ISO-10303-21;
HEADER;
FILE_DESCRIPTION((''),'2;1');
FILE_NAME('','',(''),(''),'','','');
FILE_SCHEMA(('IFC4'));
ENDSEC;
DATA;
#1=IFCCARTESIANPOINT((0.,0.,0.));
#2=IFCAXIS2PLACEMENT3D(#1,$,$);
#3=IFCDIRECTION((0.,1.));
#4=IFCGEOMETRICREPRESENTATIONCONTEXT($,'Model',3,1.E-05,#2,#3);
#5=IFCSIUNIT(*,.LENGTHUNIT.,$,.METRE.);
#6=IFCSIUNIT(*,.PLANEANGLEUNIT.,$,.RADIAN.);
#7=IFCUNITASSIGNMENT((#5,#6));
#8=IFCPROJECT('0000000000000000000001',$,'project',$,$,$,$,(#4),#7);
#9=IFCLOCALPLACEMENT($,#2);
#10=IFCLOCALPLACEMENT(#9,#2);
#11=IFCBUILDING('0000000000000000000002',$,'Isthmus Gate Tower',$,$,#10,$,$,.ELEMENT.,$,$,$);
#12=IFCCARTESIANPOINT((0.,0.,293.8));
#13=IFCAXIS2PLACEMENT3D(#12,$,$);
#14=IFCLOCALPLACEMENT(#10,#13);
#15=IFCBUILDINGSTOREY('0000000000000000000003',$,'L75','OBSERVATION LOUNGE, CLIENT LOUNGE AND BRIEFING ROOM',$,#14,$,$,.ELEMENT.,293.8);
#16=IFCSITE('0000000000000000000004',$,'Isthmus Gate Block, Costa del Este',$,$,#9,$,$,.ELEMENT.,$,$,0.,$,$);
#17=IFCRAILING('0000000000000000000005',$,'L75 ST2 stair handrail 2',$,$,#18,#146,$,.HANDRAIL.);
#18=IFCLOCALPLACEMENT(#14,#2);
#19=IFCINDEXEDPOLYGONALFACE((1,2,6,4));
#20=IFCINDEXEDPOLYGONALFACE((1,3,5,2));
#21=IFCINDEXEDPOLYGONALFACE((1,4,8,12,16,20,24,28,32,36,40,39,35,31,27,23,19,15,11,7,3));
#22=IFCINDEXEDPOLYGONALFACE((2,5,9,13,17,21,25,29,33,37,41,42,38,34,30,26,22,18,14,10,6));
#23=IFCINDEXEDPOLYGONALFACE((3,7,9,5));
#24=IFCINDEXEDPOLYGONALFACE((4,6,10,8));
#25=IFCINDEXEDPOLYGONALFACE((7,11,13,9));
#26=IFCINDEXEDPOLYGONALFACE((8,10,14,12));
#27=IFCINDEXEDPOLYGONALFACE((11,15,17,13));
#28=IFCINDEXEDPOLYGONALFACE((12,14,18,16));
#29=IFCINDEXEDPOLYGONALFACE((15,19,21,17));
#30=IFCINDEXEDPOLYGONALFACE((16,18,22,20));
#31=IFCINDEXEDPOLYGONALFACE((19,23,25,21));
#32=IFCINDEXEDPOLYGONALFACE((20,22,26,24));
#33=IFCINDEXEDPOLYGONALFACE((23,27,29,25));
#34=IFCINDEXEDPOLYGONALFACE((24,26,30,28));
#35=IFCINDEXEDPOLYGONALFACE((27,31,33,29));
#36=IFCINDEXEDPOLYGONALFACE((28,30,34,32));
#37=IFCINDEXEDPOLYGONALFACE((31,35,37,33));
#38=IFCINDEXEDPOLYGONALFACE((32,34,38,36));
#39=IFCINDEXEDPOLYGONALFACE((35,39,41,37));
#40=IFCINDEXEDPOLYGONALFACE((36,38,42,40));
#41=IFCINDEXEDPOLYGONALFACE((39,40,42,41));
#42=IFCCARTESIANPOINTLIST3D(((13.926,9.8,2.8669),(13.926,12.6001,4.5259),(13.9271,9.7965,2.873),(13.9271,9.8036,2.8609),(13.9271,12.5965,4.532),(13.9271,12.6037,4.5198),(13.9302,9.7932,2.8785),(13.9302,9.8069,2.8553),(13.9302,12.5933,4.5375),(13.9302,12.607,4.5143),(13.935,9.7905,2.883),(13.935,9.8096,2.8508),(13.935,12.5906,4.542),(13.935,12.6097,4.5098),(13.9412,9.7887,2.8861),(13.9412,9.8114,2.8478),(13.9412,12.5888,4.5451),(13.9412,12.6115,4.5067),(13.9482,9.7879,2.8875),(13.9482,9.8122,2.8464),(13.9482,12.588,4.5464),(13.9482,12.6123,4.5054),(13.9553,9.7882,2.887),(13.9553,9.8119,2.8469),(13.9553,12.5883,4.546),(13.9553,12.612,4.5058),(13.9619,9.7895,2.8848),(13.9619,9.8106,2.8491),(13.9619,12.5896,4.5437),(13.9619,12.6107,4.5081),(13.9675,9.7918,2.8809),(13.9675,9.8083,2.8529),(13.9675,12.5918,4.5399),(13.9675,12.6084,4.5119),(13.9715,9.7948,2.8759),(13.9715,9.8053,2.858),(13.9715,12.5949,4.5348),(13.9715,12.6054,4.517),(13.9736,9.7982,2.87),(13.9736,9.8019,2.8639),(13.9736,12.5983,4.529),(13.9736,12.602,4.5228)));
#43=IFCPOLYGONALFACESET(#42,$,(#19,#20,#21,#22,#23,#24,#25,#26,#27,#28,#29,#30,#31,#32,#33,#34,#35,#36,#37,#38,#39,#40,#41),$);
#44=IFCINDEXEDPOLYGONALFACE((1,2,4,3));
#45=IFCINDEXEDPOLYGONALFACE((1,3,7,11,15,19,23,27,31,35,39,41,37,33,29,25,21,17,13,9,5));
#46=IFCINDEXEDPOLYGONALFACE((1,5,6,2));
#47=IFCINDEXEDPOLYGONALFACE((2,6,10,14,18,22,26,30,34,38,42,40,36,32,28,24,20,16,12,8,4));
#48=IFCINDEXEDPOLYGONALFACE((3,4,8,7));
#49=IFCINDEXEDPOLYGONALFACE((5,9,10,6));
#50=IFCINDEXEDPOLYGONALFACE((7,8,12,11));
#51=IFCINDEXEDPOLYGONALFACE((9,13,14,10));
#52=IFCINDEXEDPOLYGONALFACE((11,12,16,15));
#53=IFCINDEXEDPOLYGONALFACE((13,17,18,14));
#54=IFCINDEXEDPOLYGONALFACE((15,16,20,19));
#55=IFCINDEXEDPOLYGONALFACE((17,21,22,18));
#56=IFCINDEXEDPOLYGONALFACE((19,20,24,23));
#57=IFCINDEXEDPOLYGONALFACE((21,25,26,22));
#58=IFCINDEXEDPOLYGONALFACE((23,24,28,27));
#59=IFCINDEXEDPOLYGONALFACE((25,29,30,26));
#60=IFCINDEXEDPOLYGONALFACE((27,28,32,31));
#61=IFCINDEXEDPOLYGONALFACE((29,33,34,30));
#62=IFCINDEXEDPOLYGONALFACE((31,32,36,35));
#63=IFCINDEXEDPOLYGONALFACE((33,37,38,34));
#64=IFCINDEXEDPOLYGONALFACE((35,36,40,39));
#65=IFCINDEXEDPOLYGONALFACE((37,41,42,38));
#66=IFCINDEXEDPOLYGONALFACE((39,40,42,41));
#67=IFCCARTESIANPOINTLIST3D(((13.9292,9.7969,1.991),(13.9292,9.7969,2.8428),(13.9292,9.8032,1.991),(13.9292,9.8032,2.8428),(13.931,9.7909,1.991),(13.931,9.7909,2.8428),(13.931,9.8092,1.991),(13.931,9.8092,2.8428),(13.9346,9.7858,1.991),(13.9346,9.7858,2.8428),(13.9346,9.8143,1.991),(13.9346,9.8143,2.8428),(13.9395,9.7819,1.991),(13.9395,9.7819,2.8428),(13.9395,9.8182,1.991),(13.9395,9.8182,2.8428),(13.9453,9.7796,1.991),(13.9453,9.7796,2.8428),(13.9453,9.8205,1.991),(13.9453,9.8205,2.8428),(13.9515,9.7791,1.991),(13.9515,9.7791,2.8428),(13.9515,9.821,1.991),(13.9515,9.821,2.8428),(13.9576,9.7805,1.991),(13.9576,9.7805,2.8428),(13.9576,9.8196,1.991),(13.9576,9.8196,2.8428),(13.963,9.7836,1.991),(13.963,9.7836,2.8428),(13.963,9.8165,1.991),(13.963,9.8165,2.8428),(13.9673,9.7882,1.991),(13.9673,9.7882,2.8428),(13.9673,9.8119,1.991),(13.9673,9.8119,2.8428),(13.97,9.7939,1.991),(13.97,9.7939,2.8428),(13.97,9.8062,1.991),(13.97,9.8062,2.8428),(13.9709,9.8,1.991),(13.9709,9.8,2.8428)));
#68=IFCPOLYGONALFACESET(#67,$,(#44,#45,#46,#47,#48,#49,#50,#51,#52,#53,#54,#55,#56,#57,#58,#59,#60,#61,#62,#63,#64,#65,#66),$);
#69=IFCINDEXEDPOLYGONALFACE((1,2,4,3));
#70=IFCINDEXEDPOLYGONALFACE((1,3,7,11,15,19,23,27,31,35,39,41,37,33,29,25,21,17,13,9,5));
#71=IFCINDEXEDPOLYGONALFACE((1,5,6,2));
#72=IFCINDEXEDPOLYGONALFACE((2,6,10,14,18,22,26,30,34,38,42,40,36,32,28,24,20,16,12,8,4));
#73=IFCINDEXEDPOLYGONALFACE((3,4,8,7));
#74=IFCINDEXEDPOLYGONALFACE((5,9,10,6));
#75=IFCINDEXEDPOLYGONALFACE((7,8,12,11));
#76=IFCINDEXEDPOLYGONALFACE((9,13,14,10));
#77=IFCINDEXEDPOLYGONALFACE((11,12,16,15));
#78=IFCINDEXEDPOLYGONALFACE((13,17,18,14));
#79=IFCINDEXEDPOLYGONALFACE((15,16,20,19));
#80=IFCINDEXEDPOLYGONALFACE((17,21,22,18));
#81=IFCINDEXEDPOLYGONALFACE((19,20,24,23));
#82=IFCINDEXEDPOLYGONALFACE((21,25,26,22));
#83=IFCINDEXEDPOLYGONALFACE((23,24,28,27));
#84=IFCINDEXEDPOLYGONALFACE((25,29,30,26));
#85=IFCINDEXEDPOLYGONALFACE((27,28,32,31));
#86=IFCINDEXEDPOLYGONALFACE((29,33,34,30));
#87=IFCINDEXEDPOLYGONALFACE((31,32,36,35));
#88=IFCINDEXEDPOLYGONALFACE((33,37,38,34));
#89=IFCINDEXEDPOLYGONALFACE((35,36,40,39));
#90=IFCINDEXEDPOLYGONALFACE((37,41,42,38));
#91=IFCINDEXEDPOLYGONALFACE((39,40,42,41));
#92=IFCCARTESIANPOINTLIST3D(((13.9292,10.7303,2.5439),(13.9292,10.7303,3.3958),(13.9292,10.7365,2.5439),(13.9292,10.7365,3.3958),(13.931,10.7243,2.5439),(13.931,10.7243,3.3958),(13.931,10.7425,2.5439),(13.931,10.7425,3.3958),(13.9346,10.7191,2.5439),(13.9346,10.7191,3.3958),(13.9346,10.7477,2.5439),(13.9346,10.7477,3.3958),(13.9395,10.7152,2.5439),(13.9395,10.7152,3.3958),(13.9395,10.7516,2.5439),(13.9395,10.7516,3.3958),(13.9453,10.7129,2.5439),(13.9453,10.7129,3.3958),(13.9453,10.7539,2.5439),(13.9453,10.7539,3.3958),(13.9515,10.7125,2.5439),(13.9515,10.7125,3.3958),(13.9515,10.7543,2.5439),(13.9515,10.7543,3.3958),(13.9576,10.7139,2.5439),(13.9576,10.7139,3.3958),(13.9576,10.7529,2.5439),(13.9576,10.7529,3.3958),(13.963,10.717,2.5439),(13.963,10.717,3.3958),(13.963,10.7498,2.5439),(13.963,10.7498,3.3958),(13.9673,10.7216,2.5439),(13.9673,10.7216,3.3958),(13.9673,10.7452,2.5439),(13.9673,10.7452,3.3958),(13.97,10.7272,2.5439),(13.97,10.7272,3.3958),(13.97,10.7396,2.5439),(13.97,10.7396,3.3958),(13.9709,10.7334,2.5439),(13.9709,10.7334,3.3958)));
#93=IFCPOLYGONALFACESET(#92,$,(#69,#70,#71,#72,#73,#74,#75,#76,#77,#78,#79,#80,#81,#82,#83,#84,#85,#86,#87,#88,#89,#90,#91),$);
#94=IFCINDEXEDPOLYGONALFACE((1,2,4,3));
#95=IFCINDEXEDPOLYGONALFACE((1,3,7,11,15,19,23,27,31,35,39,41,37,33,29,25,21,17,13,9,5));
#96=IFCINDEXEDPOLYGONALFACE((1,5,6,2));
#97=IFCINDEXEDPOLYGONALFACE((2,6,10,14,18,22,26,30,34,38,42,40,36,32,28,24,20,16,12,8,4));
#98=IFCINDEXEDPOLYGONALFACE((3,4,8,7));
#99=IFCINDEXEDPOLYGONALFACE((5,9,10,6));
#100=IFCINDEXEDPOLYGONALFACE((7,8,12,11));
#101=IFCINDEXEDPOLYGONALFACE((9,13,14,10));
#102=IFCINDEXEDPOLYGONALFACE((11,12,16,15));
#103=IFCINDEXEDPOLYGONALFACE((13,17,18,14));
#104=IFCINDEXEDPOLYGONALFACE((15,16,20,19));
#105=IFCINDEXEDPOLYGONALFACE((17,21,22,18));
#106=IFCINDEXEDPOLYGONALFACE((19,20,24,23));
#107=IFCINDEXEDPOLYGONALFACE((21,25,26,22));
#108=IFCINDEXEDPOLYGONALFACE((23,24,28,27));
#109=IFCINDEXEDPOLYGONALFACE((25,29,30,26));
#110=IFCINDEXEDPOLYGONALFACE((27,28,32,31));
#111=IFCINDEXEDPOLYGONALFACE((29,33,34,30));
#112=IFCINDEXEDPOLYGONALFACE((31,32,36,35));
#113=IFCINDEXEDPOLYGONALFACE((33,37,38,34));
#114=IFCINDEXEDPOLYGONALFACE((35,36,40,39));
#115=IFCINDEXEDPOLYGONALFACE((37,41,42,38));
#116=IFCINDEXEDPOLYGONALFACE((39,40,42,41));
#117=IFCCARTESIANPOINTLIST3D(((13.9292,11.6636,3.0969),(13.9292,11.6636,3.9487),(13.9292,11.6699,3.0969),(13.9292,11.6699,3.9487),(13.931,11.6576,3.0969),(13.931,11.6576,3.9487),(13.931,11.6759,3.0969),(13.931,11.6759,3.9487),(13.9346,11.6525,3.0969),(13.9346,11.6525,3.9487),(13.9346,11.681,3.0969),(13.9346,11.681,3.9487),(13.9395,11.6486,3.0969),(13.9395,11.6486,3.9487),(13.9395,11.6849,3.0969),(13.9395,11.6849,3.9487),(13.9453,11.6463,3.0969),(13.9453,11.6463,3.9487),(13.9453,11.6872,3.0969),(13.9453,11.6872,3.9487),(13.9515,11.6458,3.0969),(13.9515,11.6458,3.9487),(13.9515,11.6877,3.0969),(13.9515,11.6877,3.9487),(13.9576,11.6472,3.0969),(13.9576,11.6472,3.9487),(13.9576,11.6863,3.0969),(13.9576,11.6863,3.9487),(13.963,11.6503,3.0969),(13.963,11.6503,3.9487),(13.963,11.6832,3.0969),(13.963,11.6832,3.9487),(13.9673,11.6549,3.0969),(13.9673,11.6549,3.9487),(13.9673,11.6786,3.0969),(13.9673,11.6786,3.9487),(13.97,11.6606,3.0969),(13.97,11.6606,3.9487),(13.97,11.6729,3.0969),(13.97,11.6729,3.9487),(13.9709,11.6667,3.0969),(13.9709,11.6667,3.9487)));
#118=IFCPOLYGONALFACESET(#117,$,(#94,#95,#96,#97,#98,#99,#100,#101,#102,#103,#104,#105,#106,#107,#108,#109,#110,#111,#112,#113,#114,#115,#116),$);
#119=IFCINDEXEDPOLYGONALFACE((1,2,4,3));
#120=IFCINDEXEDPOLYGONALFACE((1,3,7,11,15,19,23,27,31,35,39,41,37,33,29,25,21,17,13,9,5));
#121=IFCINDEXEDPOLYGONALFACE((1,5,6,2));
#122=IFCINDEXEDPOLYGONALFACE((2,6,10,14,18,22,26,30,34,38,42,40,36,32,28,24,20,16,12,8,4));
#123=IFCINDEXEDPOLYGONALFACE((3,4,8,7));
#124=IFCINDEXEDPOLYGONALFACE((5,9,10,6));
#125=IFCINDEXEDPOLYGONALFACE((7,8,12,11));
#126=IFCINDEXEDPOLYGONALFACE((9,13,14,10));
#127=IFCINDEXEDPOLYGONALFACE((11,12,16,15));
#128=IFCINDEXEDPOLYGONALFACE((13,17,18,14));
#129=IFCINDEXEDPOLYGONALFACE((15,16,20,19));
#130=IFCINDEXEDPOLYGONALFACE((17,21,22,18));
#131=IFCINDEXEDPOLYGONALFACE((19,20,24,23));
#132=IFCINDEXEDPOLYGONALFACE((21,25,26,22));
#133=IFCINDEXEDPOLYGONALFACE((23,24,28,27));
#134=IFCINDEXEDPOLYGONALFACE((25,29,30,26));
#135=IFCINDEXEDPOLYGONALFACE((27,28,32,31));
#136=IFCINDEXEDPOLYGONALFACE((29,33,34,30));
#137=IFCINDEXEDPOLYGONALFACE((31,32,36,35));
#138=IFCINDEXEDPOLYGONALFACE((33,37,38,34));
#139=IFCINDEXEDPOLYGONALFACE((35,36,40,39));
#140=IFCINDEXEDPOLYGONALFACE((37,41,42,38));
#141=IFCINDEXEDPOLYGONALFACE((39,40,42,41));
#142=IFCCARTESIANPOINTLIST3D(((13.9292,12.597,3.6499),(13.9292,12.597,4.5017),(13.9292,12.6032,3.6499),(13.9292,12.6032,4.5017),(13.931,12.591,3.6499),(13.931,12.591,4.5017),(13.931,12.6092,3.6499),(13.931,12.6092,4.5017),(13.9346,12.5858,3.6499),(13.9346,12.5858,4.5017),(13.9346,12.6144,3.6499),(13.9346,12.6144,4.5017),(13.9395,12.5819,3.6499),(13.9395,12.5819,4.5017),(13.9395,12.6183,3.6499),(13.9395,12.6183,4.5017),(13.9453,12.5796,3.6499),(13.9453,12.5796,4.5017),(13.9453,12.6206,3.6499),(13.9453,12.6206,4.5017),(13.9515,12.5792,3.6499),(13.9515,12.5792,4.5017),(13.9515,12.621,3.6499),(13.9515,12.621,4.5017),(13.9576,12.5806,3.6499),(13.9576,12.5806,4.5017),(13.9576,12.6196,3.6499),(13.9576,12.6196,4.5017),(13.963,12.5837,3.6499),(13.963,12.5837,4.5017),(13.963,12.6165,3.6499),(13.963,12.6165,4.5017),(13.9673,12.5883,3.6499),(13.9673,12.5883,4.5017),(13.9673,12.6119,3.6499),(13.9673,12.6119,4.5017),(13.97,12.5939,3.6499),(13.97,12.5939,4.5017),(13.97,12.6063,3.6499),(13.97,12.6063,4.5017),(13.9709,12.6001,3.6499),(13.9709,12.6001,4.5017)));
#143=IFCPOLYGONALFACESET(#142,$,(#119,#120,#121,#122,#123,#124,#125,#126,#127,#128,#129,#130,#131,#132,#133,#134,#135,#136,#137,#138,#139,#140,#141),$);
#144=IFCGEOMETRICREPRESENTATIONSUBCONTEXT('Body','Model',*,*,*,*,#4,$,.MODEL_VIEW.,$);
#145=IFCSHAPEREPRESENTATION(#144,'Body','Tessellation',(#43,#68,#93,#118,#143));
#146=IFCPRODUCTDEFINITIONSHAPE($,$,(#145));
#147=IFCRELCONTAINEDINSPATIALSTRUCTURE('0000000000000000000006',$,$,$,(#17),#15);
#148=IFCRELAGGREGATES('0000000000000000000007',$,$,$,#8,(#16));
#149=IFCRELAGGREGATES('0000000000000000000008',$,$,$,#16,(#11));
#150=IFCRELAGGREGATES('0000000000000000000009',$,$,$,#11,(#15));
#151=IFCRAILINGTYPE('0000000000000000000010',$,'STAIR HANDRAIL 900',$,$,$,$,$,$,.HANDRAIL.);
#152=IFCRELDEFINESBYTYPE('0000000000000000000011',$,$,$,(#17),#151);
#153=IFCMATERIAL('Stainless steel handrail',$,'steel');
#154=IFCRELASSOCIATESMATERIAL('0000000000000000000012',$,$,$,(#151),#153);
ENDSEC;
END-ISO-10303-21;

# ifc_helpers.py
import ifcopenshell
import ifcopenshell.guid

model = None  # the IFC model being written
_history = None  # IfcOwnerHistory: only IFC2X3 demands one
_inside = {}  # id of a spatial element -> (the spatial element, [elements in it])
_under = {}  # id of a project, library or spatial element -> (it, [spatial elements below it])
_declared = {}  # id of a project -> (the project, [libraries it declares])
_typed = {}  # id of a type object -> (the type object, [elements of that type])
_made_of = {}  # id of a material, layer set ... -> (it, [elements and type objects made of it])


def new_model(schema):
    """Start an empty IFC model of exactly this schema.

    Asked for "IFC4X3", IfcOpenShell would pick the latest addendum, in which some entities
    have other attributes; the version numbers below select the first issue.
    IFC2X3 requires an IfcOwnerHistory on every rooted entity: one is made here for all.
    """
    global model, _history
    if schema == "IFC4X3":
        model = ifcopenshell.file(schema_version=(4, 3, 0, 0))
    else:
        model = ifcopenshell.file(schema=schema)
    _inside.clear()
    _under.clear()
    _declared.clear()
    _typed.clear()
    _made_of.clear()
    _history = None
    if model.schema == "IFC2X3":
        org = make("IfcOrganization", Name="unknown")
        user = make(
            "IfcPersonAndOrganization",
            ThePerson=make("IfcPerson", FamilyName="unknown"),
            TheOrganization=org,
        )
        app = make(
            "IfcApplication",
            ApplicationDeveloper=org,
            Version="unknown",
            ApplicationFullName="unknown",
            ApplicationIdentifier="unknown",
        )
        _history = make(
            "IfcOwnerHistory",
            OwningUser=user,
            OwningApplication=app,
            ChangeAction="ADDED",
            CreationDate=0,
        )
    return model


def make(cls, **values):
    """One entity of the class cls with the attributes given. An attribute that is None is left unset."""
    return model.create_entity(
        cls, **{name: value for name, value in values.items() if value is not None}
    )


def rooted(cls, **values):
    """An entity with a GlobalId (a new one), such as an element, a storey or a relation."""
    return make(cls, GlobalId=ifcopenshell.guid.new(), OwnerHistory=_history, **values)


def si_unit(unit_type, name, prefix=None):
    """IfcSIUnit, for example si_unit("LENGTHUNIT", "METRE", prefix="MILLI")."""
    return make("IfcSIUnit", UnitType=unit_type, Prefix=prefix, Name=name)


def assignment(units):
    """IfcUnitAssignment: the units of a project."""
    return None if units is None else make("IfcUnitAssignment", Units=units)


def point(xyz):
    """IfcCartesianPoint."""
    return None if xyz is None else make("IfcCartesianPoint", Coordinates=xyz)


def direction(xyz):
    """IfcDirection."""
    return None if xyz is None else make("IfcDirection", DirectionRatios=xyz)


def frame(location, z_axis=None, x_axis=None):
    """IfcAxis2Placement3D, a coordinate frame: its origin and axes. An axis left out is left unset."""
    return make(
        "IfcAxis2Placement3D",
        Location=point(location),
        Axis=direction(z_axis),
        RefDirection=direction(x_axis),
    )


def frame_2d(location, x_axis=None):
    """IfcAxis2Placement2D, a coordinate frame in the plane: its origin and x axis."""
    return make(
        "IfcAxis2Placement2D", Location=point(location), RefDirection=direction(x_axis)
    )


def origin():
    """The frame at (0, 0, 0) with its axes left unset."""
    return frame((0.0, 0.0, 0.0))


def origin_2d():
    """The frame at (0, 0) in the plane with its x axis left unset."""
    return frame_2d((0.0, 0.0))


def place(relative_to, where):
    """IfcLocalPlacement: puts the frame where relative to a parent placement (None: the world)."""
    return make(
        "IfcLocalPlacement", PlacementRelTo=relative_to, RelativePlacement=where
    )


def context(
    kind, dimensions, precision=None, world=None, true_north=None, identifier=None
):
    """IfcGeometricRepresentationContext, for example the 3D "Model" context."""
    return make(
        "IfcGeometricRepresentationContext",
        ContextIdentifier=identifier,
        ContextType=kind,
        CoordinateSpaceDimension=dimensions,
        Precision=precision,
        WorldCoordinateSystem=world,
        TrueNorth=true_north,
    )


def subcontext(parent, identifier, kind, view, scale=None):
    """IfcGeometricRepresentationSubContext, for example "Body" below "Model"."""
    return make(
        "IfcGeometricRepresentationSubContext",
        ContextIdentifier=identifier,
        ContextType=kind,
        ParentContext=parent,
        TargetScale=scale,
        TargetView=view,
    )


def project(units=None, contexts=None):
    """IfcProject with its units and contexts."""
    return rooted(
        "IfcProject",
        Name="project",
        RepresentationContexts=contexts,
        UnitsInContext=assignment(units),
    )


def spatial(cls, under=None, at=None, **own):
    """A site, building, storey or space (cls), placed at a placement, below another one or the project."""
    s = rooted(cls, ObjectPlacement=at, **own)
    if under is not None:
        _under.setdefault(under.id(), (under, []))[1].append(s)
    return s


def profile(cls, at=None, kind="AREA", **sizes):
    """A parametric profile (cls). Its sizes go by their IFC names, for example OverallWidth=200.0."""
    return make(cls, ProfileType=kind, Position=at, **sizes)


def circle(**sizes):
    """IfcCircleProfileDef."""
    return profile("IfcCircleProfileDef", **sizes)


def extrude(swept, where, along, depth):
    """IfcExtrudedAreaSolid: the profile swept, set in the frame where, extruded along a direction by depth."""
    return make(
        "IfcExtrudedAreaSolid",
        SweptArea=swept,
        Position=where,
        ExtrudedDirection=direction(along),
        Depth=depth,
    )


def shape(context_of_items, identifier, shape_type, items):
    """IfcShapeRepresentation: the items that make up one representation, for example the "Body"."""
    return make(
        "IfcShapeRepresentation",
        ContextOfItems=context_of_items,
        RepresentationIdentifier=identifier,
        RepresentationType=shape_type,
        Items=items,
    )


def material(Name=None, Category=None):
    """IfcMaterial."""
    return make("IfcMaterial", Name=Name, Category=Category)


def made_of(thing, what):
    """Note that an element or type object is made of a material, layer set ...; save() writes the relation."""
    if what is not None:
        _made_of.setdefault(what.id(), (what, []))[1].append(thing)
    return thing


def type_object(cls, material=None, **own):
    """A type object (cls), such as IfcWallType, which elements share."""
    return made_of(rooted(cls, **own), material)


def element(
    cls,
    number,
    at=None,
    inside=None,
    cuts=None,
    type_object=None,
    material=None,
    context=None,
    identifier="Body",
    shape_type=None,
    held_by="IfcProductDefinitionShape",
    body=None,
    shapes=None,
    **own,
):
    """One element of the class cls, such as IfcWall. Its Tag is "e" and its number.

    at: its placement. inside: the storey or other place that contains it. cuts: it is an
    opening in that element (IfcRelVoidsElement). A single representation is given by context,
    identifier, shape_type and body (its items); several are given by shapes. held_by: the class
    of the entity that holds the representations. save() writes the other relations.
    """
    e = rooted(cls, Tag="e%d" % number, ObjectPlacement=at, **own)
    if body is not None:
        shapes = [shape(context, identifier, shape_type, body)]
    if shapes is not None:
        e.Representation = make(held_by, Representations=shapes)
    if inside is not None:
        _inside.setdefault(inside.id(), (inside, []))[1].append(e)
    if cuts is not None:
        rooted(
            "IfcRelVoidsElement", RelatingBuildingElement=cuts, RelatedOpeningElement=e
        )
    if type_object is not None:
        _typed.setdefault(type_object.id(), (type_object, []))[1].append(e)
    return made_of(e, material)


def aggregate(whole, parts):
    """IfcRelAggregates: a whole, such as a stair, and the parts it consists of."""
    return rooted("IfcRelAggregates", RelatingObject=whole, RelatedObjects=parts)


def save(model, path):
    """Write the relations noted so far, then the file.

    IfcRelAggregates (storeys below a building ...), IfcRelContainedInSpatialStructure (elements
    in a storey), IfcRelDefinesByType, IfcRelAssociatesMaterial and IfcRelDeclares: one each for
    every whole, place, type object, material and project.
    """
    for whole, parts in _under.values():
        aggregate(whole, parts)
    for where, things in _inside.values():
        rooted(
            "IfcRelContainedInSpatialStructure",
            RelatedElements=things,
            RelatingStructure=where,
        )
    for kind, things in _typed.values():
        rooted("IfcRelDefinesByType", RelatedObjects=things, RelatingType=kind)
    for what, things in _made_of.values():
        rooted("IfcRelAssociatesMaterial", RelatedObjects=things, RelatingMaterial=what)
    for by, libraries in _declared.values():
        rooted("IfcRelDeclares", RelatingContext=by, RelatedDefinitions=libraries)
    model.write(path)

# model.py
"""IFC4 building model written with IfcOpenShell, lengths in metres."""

from ifc_helpers import new_model, si_unit, direction, frame, origin, origin_2d, place, context, subcontext, project, spatial, circle, extrude, material, type_object, element, save


model = new_model("IFC4")

# Units and contexts
model_context = context("Model", 3, precision=1e-05, world=origin(), true_north=direction((0.0, 1.0)))
body_context = subcontext(model_context, "Body", "Model", "MODEL_VIEW")
ifc_project = project(units=[si_unit("LENGTHUNIT", "METRE"), si_unit("PLANEANGLEUNIT", "RADIAN")], contexts=[model_context])

# Site, building, storey
site_placement = place(None, origin())
site = spatial("IfcSite", under=ifc_project, at=site_placement, Name="Isthmus Gate Block, Costa del Este", CompositionType="ELEMENT", RefElevation=0.0)
building_placement = place(site_placement, origin())
building = spatial("IfcBuilding", under=site, at=building_placement, Name="Isthmus Gate Tower", CompositionType="ELEMENT")
storey_placement = place(building_placement, frame((0.0, 0.0, 293.8)))
storey = spatial("IfcBuildingStorey", under=building, at=storey_placement, Name="L75", Description="OBSERVATION LOUNGE, CLIENT LOUNGE AND BRIEFING ROOM", CompositionType="ELEMENT", Elevation=293.8)

# Railing
ifc_material_1 = material(Name="Stainless steel handrail", Category="steel")
railing_type_1 = type_object("IfcRailingType", Name="STAIR HANDRAIL 900", PredefinedType="HANDRAIL", material=ifc_material_1)
railing_1_placement = place(storey_placement, frame((13.95, 9.8, 1.991)))
element("IfcRailing", 1, at=railing_1_placement, inside=storey, type_object=railing_type_1, Name="L75 ST2 stair handrail 2", PredefinedType="HANDRAIL", context=body_context, shape_type="SweptSolid", body=[
    extrude(circle(Radius=0.0239, at=origin_2d()), frame((0.0, 0.0, 0.876), z_axis=(0.0, 0.860339, 0.509722), x_axis=(-1.0, 0.0, 0.0)), (0.0, 0.0, 1.0), 3.2546),
    extrude(circle(Radius=0.021, at=origin_2d()), origin(), (0.0, 0.0, 1.0), 0.8518),
    extrude(circle(Radius=0.021, at=origin_2d()), frame((0.0, 0.9333, 0.553)), (0.0, 0.0, 1.0), 0.8518),
    extrude(circle(Radius=0.021, at=origin_2d()), frame((0.0, 1.8667, 1.106)), (0.0, 0.0, 1.0), 0.8518),
    extrude(circle(Radius=0.021, at=origin_2d()), frame((0.0, 2.8, 1.6589)), (0.0, 0.0, 1.0), 0.8518),
])

save(model, "model.ifc")
